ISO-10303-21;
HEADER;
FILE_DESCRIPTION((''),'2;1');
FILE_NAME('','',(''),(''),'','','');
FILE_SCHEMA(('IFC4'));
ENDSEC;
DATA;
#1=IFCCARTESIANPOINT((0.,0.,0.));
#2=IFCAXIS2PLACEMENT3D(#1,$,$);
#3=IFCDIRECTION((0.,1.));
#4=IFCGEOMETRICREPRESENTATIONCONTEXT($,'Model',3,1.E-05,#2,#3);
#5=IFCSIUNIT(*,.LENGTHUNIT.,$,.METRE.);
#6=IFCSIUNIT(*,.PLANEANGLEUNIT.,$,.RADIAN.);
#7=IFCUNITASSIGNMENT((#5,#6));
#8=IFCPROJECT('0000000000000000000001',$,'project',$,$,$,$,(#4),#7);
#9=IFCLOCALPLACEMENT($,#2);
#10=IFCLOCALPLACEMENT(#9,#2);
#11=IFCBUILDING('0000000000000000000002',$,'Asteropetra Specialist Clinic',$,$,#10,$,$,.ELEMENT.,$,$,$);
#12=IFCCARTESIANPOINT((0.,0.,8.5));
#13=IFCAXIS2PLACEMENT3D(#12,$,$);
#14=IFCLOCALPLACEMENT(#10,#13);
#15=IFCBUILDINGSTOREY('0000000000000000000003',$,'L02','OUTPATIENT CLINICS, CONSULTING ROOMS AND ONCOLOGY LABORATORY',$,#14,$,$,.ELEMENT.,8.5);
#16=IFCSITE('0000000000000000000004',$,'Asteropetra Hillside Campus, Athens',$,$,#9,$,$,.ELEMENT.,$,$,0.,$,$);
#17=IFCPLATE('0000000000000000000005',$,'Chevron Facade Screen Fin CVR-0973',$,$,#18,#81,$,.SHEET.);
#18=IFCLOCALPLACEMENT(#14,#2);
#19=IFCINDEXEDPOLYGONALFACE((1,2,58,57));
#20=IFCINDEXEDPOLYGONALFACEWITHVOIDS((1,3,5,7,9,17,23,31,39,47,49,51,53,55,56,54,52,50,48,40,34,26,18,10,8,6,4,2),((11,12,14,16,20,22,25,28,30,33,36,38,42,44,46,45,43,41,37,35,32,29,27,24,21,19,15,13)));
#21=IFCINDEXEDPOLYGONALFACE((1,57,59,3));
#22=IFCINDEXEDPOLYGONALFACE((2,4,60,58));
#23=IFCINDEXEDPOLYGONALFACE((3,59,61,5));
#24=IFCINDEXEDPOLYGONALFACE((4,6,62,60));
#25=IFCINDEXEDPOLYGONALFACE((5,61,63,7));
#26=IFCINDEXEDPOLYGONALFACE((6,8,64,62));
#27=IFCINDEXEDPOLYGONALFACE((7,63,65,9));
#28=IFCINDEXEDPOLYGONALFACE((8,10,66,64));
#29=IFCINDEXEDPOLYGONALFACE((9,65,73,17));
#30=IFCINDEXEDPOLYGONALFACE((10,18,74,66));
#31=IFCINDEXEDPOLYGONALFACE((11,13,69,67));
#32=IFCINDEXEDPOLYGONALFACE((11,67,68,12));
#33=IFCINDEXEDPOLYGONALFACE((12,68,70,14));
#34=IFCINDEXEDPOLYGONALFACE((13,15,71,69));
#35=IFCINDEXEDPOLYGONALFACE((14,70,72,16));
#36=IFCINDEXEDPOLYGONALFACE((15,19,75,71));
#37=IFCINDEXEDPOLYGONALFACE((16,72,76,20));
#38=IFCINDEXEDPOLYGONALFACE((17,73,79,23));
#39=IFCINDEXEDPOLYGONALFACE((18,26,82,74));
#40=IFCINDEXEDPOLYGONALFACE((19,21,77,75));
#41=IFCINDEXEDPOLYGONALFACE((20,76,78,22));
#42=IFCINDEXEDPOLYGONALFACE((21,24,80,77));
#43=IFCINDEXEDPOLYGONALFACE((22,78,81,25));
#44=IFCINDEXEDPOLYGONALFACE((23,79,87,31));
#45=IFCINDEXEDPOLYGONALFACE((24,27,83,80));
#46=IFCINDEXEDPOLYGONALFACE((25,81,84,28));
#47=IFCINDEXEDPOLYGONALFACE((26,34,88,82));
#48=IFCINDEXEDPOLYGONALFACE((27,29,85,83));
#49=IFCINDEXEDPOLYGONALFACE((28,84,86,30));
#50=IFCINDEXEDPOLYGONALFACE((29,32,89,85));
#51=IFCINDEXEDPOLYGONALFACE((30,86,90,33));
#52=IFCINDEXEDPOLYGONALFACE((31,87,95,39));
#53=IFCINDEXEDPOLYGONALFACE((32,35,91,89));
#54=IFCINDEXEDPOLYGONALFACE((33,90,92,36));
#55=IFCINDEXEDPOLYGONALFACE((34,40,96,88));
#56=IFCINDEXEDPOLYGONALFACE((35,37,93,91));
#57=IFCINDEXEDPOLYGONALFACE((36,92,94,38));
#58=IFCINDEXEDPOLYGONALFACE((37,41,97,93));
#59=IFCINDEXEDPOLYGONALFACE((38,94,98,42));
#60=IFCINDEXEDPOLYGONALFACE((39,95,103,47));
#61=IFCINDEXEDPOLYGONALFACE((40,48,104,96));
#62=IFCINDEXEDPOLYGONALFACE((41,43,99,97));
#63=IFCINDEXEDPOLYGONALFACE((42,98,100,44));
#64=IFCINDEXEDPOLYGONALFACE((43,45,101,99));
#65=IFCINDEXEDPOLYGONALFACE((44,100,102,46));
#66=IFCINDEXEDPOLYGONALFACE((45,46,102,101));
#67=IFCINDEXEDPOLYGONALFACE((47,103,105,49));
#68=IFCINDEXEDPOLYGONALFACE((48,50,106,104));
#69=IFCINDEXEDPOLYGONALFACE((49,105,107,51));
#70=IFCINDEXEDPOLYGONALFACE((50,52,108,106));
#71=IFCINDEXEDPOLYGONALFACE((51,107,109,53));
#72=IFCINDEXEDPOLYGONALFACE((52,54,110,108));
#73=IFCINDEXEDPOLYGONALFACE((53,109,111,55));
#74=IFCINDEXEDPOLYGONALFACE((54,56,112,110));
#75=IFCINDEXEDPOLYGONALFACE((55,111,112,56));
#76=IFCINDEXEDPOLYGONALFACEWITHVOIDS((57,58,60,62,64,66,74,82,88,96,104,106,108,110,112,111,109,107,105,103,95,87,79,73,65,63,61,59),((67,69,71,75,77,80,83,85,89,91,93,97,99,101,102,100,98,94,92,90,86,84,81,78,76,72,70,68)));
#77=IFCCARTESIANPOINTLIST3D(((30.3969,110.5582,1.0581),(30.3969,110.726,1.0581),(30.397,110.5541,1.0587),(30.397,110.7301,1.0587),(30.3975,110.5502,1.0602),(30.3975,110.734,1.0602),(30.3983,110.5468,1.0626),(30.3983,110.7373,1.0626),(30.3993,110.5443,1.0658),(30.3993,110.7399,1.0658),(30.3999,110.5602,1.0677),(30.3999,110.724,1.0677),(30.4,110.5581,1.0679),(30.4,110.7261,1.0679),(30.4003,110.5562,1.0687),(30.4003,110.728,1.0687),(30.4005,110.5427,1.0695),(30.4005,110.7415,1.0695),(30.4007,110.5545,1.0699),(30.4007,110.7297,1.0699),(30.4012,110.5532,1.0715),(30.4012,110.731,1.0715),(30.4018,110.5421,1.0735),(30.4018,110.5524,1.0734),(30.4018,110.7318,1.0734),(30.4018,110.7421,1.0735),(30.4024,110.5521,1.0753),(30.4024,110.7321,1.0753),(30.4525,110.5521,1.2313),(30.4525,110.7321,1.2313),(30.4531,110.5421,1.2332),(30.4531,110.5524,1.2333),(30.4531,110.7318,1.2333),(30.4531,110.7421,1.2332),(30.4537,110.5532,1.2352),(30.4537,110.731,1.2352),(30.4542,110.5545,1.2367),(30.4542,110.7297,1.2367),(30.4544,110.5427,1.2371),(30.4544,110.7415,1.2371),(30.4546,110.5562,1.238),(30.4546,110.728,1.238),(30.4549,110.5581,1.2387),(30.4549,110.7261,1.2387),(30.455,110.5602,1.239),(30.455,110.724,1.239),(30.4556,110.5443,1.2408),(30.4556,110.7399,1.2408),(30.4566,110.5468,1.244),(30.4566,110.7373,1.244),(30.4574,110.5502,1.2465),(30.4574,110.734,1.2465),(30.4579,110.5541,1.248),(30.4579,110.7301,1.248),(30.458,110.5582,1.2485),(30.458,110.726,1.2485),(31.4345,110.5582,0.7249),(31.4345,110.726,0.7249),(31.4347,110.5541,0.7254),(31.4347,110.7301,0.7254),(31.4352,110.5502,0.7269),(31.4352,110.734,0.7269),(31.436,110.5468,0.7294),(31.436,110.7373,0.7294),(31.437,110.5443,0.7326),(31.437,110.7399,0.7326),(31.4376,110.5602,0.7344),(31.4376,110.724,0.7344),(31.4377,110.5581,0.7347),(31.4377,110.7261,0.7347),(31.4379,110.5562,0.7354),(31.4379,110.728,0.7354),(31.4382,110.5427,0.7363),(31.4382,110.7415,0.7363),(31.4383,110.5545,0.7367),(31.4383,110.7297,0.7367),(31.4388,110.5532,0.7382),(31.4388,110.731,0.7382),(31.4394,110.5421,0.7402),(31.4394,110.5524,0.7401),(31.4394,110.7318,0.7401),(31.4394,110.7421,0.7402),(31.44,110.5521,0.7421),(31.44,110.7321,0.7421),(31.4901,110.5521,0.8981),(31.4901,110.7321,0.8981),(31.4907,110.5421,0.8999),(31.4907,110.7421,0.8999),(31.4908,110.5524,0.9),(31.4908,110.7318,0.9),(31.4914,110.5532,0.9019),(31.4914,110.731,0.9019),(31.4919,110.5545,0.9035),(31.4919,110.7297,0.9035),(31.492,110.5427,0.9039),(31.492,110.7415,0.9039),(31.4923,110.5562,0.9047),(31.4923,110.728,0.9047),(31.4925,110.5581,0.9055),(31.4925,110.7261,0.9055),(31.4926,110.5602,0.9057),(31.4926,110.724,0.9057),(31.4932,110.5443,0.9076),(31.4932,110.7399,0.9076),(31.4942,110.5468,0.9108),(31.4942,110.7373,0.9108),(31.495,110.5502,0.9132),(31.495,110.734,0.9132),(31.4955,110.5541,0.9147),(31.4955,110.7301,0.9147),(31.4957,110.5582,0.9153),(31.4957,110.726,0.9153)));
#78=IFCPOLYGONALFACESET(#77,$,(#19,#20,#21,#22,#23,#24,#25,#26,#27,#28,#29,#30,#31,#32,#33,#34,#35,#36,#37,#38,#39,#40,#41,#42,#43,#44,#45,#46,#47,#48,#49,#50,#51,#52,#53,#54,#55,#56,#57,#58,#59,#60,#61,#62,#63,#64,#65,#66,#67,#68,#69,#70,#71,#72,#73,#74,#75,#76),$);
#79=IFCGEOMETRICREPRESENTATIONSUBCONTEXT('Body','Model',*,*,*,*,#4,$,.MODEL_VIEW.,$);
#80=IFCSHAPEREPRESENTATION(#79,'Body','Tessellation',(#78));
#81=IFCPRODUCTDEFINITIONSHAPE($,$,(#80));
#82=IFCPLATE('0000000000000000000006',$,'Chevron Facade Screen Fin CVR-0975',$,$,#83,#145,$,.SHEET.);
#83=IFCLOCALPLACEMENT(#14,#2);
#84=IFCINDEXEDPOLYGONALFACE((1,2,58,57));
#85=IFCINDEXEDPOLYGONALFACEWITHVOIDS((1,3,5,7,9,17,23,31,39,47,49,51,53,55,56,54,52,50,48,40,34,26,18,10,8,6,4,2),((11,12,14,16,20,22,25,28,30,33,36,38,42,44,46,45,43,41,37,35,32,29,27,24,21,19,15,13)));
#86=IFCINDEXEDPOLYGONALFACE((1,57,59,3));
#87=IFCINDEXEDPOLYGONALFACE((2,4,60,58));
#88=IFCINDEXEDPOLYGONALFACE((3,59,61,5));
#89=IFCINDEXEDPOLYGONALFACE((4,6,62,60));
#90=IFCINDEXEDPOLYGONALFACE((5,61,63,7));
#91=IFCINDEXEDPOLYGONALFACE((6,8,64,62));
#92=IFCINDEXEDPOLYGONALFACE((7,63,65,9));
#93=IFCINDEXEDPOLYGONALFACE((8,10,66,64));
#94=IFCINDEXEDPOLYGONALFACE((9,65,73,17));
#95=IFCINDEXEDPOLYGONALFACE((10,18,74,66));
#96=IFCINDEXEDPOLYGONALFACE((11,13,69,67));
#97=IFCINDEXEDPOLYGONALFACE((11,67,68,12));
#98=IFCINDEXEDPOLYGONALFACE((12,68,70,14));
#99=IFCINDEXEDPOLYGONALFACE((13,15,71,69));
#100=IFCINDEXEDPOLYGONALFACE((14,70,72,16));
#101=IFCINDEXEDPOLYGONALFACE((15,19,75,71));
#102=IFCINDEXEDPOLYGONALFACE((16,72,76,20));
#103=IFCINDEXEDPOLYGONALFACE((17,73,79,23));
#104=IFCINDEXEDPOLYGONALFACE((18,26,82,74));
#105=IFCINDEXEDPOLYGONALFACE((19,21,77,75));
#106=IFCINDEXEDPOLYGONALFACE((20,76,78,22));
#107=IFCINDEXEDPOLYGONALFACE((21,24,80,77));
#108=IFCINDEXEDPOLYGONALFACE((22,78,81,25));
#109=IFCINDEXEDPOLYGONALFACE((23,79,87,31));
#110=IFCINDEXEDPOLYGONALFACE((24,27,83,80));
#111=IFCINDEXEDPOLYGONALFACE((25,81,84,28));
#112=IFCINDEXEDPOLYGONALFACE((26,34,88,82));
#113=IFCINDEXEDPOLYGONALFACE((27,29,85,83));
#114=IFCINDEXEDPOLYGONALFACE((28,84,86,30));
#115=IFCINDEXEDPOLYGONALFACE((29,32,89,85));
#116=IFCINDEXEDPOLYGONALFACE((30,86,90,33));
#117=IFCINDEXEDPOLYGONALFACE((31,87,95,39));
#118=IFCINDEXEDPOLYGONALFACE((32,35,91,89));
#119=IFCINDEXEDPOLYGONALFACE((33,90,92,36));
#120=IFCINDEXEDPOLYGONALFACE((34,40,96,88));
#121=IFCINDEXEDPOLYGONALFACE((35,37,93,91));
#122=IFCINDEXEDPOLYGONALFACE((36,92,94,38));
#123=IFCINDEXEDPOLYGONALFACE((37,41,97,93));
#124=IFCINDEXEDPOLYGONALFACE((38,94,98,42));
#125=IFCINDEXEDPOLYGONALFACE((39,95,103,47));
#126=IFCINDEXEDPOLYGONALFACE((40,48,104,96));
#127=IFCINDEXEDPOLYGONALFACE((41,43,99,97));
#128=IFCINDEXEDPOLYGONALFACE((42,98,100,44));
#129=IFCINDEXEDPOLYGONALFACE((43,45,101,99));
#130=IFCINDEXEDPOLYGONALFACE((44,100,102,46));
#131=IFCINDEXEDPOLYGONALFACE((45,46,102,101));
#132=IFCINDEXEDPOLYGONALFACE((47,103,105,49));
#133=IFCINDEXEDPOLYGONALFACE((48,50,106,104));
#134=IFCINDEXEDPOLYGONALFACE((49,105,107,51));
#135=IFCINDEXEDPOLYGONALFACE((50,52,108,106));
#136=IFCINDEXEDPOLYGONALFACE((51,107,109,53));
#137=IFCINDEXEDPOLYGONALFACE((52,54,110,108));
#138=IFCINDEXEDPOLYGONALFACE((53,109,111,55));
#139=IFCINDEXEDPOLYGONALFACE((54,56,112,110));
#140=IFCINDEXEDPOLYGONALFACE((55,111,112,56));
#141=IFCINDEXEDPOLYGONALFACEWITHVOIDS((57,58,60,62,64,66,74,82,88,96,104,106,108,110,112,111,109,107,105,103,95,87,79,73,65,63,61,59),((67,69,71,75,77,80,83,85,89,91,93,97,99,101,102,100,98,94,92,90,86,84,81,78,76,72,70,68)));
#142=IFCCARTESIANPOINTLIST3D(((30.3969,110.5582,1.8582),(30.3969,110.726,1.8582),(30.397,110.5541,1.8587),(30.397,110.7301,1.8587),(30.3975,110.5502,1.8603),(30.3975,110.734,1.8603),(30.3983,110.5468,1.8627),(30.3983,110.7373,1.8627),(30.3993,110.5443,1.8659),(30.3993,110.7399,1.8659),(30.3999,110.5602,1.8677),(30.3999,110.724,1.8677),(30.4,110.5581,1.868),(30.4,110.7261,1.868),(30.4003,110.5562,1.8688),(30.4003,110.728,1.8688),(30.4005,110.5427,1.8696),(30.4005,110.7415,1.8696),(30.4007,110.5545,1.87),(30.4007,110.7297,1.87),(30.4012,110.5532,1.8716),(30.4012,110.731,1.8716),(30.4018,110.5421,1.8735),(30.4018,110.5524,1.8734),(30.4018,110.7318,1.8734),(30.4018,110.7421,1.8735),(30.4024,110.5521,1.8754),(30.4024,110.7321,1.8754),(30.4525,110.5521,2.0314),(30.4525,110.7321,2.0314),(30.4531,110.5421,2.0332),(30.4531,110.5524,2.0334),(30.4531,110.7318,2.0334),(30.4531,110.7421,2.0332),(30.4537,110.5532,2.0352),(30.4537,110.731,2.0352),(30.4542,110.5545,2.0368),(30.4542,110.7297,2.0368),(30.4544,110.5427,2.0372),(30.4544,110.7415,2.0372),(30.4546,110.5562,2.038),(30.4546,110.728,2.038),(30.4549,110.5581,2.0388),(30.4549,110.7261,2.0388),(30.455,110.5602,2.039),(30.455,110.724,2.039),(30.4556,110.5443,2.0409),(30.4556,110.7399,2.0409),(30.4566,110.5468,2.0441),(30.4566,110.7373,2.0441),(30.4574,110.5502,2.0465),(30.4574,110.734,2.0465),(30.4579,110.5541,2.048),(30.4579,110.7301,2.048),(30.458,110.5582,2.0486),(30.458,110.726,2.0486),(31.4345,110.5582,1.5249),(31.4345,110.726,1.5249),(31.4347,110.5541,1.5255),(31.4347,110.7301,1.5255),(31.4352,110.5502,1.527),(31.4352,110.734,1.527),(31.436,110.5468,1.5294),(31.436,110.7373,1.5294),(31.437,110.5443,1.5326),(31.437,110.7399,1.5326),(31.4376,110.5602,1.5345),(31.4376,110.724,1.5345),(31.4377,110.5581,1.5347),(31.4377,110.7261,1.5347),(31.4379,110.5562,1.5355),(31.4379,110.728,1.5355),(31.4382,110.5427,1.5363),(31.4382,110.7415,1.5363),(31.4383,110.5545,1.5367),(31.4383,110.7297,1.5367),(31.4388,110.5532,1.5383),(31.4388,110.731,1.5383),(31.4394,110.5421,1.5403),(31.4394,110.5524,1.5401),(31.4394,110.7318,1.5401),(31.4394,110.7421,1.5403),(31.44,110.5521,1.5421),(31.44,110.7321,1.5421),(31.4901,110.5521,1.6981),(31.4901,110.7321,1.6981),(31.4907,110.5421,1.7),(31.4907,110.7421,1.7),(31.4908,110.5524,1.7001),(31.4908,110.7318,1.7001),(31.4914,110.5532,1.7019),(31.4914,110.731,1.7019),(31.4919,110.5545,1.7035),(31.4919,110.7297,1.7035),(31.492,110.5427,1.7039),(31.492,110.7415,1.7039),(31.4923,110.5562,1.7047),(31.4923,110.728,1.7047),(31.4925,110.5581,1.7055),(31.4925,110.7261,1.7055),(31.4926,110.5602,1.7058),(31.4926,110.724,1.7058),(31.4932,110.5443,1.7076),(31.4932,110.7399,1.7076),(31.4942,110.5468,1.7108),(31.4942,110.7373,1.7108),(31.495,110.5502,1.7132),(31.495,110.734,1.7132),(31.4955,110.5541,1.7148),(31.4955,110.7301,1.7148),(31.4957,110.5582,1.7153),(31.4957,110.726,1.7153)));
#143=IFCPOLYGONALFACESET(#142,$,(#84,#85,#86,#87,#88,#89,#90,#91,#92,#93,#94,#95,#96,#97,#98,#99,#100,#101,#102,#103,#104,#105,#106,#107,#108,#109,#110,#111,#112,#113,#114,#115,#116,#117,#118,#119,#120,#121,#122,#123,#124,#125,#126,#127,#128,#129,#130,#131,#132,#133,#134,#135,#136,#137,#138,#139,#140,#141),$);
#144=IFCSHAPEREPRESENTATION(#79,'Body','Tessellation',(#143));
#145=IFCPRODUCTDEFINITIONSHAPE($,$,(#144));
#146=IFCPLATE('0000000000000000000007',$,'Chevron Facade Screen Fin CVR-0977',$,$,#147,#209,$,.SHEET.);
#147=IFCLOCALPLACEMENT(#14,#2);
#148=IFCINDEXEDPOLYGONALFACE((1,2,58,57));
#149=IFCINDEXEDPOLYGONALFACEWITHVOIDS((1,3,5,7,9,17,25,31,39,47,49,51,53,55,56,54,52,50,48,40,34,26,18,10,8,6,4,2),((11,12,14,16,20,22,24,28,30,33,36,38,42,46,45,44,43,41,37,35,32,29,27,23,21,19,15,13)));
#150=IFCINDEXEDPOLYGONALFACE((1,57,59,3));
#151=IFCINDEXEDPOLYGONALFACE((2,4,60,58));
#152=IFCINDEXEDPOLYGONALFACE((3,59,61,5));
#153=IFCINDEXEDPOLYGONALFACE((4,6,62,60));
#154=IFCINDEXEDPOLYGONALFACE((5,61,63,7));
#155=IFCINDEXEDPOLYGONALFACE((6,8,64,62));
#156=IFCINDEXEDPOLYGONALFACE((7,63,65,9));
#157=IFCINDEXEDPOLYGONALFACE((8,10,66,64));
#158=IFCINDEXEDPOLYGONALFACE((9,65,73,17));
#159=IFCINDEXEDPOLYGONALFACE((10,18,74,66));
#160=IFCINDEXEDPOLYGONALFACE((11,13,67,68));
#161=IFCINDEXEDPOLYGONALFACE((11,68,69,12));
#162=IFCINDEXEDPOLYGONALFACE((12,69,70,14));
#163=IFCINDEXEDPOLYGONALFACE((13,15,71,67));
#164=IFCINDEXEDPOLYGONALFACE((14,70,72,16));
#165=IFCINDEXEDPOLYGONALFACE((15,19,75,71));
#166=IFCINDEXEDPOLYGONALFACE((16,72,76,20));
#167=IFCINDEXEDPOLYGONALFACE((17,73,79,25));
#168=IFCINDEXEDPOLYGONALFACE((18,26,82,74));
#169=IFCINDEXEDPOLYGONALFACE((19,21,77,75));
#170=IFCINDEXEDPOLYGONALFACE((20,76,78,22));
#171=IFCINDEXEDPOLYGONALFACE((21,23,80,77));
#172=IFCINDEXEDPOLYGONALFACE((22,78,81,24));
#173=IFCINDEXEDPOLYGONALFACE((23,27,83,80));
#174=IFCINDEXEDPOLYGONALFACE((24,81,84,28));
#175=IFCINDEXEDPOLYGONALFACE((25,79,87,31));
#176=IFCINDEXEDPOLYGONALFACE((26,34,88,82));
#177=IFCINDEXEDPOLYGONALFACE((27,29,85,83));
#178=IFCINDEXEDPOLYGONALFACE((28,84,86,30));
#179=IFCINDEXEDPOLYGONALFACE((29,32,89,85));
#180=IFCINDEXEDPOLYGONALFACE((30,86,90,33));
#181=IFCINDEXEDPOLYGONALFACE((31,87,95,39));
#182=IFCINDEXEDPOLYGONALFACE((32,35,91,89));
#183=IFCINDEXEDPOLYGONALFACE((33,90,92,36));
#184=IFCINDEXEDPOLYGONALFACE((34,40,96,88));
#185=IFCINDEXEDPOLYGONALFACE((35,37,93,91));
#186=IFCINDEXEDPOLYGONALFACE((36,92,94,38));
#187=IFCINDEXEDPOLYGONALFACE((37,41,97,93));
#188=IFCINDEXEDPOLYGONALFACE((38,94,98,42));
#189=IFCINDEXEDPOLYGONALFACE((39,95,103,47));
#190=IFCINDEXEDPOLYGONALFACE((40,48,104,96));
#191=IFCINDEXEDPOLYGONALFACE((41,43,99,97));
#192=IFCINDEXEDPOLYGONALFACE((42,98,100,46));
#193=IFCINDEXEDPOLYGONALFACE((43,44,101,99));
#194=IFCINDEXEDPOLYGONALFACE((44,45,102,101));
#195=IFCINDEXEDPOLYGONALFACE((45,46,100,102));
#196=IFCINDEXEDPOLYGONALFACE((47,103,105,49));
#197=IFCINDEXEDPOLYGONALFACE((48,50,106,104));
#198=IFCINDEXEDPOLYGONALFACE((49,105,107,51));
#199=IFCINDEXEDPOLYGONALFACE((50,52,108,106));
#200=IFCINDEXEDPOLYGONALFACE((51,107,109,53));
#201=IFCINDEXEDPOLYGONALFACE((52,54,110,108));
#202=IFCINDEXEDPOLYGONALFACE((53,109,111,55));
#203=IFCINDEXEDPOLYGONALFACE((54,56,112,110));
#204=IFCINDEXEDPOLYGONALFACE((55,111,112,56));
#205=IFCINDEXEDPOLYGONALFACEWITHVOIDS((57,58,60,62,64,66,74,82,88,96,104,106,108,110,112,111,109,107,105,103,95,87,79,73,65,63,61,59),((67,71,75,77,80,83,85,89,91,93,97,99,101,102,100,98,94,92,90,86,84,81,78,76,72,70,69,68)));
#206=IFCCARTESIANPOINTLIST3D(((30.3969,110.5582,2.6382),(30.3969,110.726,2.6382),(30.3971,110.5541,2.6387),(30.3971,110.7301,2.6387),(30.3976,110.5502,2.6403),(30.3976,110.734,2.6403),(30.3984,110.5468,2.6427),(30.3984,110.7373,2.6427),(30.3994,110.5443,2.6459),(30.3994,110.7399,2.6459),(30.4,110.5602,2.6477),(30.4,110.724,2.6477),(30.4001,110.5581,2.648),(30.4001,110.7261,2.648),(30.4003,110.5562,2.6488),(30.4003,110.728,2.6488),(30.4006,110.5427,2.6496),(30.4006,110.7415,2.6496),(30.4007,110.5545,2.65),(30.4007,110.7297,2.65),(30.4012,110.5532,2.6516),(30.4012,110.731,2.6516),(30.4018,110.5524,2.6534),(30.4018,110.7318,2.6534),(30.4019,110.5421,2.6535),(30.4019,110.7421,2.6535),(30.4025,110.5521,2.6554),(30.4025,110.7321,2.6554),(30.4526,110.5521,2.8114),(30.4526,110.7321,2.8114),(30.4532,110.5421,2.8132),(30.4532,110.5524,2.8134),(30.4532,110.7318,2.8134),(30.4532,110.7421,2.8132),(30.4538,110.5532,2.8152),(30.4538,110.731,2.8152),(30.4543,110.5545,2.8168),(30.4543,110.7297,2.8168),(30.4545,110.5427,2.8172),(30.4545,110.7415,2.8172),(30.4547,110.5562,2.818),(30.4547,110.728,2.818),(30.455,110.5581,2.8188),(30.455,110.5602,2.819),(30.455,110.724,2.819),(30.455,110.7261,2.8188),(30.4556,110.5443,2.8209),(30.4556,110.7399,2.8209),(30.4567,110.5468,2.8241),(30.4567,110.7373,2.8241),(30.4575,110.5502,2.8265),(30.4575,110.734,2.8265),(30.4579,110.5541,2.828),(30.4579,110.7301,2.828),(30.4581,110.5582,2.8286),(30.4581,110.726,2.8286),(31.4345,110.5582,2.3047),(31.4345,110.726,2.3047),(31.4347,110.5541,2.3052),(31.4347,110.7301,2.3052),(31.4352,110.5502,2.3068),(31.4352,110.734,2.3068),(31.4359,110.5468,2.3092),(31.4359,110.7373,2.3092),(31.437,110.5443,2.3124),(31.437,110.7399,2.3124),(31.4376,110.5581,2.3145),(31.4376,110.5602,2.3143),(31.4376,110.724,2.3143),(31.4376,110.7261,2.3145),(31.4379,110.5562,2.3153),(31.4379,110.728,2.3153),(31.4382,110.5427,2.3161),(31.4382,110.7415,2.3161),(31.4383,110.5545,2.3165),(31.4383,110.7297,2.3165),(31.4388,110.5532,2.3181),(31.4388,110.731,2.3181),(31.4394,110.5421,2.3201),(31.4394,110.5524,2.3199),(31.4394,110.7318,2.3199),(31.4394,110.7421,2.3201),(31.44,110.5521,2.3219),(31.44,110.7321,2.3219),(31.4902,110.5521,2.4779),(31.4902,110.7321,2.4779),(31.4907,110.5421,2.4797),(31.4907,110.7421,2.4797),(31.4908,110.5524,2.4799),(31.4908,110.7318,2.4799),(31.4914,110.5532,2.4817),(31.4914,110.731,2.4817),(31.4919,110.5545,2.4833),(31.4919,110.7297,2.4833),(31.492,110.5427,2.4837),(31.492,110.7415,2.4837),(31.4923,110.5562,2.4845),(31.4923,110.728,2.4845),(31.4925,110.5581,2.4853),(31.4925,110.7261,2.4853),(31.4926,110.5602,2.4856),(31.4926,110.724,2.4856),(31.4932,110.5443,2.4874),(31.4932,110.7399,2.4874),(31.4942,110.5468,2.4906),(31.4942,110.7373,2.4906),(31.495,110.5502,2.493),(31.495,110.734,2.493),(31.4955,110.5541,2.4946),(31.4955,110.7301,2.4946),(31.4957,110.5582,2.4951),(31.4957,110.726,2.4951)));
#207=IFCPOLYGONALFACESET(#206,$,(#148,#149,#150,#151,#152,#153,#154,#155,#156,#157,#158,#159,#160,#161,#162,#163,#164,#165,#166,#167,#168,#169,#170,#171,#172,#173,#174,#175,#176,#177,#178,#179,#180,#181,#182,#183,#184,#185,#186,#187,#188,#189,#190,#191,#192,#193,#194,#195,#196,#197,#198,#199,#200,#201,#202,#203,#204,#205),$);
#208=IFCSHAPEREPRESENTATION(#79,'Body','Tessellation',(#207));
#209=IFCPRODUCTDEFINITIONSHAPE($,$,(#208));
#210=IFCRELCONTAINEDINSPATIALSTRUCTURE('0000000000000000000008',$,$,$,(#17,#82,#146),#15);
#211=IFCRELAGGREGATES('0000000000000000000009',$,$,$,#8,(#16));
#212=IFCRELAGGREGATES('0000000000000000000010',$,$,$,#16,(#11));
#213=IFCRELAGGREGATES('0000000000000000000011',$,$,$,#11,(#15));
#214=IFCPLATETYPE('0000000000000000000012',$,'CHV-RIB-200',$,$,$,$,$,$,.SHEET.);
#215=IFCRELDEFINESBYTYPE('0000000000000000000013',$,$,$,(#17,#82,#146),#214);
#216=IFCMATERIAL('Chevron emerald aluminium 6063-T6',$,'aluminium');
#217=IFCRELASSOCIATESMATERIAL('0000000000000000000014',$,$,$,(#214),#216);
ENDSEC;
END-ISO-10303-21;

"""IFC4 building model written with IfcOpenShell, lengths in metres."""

from ifc_helpers import new_model, si_unit, direction, frame, origin, origin_2d, place, context, subcontext, project, spatial, hollow_rectangle, extrude, material, material_profile, profile_set, type_object, element, save


model = new_model("IFC4")

# Units and contexts
model_context = context("Model", 3, precision=1e-05, world=origin(), true_north=direction((0.0, 1.0)))
body_context = subcontext(model_context, "Body", "Model", "MODEL_VIEW")
ifc_project = project(units=[si_unit("LENGTHUNIT", "METRE"), si_unit("PLANEANGLEUNIT", "RADIAN")], contexts=[model_context])

# Site, building, storey
site_placement = place(None, origin())
site = spatial("IfcSite", under=ifc_project, at=site_placement, Name="Asteropetra Hillside Campus, Athens", CompositionType="ELEMENT", RefElevation=0.0)
building_placement = place(site_placement, origin())
building = spatial("IfcBuilding", under=site, at=building_placement, Name="Asteropetra Specialist Clinic", CompositionType="ELEMENT")
storey_placement = place(building_placement, frame((0.0, 0.0, 8.5)))
storey = spatial("IfcBuildingStorey", under=building, at=storey_placement, Name="L02", Description="OUTPATIENT CLINICS, CONSULTING ROOMS AND ONCOLOGY LABORATORY", CompositionType="ELEMENT", Elevation=8.5)

# Plates
ifc_material_1 = material(Name="Chevron emerald aluminium 6063-T6", Category="aluminium")
ifc_material_profile_1 = material_profile(ifc_material_1, hollow_rectangle(XDim=0.2, YDim=0.2, WallThickness=0.01, InnerFilletRadius=0.0081, OuterFilletRadius=0.0161, at=origin_2d()), Name="SHS 200x200x10.0")
ifc_profile_set_1 = profile_set([ifc_material_profile_1], Name="Chevron emerald aluminium 6063-T6")
plate_type = type_object("IfcPlateType", Name="CHV-RIB-200", PredefinedType="SHEET", material=ifc_profile_set_1)
for number, where, z_axis, x_axis, name in (
    (1, (31.4651, 110.6421, 0.8201), (-0.952098, 0.0, 0.305792), (0.0, -1.0, 0.0), "Chevron Facade Screen Fin CVR-0973"),
    (2, (31.4651, 110.6421, 1.6201), (-0.952098, 0.0, 0.305792), (0.0, -1.0, 0.0), "Chevron Facade Screen Fin CVR-0975"),
    (3, (31.4651, 110.6421, 2.3999), (-0.952033, 0.0, 0.305995), (0.0, -1.0, 0.0), "Chevron Facade Screen Fin CVR-0977"),
):
    element("IfcPlate", number, at=place(storey_placement, frame(where, z_axis=z_axis, x_axis=x_axis)), inside=storey, type_object=plate_type, Name=name, PredefinedType="SHEET", context=body_context, shape_type="SweptSolid", body=[
        extrude(hollow_rectangle(XDim=0.2, YDim=0.2, WallThickness=0.01, InnerFilletRadius=0.0081, OuterFilletRadius=0.0161, at=origin_2d()), origin(), (0.0, 0.0, 1.0), 1.0898),
    ])

save(model, "model.ifc")
